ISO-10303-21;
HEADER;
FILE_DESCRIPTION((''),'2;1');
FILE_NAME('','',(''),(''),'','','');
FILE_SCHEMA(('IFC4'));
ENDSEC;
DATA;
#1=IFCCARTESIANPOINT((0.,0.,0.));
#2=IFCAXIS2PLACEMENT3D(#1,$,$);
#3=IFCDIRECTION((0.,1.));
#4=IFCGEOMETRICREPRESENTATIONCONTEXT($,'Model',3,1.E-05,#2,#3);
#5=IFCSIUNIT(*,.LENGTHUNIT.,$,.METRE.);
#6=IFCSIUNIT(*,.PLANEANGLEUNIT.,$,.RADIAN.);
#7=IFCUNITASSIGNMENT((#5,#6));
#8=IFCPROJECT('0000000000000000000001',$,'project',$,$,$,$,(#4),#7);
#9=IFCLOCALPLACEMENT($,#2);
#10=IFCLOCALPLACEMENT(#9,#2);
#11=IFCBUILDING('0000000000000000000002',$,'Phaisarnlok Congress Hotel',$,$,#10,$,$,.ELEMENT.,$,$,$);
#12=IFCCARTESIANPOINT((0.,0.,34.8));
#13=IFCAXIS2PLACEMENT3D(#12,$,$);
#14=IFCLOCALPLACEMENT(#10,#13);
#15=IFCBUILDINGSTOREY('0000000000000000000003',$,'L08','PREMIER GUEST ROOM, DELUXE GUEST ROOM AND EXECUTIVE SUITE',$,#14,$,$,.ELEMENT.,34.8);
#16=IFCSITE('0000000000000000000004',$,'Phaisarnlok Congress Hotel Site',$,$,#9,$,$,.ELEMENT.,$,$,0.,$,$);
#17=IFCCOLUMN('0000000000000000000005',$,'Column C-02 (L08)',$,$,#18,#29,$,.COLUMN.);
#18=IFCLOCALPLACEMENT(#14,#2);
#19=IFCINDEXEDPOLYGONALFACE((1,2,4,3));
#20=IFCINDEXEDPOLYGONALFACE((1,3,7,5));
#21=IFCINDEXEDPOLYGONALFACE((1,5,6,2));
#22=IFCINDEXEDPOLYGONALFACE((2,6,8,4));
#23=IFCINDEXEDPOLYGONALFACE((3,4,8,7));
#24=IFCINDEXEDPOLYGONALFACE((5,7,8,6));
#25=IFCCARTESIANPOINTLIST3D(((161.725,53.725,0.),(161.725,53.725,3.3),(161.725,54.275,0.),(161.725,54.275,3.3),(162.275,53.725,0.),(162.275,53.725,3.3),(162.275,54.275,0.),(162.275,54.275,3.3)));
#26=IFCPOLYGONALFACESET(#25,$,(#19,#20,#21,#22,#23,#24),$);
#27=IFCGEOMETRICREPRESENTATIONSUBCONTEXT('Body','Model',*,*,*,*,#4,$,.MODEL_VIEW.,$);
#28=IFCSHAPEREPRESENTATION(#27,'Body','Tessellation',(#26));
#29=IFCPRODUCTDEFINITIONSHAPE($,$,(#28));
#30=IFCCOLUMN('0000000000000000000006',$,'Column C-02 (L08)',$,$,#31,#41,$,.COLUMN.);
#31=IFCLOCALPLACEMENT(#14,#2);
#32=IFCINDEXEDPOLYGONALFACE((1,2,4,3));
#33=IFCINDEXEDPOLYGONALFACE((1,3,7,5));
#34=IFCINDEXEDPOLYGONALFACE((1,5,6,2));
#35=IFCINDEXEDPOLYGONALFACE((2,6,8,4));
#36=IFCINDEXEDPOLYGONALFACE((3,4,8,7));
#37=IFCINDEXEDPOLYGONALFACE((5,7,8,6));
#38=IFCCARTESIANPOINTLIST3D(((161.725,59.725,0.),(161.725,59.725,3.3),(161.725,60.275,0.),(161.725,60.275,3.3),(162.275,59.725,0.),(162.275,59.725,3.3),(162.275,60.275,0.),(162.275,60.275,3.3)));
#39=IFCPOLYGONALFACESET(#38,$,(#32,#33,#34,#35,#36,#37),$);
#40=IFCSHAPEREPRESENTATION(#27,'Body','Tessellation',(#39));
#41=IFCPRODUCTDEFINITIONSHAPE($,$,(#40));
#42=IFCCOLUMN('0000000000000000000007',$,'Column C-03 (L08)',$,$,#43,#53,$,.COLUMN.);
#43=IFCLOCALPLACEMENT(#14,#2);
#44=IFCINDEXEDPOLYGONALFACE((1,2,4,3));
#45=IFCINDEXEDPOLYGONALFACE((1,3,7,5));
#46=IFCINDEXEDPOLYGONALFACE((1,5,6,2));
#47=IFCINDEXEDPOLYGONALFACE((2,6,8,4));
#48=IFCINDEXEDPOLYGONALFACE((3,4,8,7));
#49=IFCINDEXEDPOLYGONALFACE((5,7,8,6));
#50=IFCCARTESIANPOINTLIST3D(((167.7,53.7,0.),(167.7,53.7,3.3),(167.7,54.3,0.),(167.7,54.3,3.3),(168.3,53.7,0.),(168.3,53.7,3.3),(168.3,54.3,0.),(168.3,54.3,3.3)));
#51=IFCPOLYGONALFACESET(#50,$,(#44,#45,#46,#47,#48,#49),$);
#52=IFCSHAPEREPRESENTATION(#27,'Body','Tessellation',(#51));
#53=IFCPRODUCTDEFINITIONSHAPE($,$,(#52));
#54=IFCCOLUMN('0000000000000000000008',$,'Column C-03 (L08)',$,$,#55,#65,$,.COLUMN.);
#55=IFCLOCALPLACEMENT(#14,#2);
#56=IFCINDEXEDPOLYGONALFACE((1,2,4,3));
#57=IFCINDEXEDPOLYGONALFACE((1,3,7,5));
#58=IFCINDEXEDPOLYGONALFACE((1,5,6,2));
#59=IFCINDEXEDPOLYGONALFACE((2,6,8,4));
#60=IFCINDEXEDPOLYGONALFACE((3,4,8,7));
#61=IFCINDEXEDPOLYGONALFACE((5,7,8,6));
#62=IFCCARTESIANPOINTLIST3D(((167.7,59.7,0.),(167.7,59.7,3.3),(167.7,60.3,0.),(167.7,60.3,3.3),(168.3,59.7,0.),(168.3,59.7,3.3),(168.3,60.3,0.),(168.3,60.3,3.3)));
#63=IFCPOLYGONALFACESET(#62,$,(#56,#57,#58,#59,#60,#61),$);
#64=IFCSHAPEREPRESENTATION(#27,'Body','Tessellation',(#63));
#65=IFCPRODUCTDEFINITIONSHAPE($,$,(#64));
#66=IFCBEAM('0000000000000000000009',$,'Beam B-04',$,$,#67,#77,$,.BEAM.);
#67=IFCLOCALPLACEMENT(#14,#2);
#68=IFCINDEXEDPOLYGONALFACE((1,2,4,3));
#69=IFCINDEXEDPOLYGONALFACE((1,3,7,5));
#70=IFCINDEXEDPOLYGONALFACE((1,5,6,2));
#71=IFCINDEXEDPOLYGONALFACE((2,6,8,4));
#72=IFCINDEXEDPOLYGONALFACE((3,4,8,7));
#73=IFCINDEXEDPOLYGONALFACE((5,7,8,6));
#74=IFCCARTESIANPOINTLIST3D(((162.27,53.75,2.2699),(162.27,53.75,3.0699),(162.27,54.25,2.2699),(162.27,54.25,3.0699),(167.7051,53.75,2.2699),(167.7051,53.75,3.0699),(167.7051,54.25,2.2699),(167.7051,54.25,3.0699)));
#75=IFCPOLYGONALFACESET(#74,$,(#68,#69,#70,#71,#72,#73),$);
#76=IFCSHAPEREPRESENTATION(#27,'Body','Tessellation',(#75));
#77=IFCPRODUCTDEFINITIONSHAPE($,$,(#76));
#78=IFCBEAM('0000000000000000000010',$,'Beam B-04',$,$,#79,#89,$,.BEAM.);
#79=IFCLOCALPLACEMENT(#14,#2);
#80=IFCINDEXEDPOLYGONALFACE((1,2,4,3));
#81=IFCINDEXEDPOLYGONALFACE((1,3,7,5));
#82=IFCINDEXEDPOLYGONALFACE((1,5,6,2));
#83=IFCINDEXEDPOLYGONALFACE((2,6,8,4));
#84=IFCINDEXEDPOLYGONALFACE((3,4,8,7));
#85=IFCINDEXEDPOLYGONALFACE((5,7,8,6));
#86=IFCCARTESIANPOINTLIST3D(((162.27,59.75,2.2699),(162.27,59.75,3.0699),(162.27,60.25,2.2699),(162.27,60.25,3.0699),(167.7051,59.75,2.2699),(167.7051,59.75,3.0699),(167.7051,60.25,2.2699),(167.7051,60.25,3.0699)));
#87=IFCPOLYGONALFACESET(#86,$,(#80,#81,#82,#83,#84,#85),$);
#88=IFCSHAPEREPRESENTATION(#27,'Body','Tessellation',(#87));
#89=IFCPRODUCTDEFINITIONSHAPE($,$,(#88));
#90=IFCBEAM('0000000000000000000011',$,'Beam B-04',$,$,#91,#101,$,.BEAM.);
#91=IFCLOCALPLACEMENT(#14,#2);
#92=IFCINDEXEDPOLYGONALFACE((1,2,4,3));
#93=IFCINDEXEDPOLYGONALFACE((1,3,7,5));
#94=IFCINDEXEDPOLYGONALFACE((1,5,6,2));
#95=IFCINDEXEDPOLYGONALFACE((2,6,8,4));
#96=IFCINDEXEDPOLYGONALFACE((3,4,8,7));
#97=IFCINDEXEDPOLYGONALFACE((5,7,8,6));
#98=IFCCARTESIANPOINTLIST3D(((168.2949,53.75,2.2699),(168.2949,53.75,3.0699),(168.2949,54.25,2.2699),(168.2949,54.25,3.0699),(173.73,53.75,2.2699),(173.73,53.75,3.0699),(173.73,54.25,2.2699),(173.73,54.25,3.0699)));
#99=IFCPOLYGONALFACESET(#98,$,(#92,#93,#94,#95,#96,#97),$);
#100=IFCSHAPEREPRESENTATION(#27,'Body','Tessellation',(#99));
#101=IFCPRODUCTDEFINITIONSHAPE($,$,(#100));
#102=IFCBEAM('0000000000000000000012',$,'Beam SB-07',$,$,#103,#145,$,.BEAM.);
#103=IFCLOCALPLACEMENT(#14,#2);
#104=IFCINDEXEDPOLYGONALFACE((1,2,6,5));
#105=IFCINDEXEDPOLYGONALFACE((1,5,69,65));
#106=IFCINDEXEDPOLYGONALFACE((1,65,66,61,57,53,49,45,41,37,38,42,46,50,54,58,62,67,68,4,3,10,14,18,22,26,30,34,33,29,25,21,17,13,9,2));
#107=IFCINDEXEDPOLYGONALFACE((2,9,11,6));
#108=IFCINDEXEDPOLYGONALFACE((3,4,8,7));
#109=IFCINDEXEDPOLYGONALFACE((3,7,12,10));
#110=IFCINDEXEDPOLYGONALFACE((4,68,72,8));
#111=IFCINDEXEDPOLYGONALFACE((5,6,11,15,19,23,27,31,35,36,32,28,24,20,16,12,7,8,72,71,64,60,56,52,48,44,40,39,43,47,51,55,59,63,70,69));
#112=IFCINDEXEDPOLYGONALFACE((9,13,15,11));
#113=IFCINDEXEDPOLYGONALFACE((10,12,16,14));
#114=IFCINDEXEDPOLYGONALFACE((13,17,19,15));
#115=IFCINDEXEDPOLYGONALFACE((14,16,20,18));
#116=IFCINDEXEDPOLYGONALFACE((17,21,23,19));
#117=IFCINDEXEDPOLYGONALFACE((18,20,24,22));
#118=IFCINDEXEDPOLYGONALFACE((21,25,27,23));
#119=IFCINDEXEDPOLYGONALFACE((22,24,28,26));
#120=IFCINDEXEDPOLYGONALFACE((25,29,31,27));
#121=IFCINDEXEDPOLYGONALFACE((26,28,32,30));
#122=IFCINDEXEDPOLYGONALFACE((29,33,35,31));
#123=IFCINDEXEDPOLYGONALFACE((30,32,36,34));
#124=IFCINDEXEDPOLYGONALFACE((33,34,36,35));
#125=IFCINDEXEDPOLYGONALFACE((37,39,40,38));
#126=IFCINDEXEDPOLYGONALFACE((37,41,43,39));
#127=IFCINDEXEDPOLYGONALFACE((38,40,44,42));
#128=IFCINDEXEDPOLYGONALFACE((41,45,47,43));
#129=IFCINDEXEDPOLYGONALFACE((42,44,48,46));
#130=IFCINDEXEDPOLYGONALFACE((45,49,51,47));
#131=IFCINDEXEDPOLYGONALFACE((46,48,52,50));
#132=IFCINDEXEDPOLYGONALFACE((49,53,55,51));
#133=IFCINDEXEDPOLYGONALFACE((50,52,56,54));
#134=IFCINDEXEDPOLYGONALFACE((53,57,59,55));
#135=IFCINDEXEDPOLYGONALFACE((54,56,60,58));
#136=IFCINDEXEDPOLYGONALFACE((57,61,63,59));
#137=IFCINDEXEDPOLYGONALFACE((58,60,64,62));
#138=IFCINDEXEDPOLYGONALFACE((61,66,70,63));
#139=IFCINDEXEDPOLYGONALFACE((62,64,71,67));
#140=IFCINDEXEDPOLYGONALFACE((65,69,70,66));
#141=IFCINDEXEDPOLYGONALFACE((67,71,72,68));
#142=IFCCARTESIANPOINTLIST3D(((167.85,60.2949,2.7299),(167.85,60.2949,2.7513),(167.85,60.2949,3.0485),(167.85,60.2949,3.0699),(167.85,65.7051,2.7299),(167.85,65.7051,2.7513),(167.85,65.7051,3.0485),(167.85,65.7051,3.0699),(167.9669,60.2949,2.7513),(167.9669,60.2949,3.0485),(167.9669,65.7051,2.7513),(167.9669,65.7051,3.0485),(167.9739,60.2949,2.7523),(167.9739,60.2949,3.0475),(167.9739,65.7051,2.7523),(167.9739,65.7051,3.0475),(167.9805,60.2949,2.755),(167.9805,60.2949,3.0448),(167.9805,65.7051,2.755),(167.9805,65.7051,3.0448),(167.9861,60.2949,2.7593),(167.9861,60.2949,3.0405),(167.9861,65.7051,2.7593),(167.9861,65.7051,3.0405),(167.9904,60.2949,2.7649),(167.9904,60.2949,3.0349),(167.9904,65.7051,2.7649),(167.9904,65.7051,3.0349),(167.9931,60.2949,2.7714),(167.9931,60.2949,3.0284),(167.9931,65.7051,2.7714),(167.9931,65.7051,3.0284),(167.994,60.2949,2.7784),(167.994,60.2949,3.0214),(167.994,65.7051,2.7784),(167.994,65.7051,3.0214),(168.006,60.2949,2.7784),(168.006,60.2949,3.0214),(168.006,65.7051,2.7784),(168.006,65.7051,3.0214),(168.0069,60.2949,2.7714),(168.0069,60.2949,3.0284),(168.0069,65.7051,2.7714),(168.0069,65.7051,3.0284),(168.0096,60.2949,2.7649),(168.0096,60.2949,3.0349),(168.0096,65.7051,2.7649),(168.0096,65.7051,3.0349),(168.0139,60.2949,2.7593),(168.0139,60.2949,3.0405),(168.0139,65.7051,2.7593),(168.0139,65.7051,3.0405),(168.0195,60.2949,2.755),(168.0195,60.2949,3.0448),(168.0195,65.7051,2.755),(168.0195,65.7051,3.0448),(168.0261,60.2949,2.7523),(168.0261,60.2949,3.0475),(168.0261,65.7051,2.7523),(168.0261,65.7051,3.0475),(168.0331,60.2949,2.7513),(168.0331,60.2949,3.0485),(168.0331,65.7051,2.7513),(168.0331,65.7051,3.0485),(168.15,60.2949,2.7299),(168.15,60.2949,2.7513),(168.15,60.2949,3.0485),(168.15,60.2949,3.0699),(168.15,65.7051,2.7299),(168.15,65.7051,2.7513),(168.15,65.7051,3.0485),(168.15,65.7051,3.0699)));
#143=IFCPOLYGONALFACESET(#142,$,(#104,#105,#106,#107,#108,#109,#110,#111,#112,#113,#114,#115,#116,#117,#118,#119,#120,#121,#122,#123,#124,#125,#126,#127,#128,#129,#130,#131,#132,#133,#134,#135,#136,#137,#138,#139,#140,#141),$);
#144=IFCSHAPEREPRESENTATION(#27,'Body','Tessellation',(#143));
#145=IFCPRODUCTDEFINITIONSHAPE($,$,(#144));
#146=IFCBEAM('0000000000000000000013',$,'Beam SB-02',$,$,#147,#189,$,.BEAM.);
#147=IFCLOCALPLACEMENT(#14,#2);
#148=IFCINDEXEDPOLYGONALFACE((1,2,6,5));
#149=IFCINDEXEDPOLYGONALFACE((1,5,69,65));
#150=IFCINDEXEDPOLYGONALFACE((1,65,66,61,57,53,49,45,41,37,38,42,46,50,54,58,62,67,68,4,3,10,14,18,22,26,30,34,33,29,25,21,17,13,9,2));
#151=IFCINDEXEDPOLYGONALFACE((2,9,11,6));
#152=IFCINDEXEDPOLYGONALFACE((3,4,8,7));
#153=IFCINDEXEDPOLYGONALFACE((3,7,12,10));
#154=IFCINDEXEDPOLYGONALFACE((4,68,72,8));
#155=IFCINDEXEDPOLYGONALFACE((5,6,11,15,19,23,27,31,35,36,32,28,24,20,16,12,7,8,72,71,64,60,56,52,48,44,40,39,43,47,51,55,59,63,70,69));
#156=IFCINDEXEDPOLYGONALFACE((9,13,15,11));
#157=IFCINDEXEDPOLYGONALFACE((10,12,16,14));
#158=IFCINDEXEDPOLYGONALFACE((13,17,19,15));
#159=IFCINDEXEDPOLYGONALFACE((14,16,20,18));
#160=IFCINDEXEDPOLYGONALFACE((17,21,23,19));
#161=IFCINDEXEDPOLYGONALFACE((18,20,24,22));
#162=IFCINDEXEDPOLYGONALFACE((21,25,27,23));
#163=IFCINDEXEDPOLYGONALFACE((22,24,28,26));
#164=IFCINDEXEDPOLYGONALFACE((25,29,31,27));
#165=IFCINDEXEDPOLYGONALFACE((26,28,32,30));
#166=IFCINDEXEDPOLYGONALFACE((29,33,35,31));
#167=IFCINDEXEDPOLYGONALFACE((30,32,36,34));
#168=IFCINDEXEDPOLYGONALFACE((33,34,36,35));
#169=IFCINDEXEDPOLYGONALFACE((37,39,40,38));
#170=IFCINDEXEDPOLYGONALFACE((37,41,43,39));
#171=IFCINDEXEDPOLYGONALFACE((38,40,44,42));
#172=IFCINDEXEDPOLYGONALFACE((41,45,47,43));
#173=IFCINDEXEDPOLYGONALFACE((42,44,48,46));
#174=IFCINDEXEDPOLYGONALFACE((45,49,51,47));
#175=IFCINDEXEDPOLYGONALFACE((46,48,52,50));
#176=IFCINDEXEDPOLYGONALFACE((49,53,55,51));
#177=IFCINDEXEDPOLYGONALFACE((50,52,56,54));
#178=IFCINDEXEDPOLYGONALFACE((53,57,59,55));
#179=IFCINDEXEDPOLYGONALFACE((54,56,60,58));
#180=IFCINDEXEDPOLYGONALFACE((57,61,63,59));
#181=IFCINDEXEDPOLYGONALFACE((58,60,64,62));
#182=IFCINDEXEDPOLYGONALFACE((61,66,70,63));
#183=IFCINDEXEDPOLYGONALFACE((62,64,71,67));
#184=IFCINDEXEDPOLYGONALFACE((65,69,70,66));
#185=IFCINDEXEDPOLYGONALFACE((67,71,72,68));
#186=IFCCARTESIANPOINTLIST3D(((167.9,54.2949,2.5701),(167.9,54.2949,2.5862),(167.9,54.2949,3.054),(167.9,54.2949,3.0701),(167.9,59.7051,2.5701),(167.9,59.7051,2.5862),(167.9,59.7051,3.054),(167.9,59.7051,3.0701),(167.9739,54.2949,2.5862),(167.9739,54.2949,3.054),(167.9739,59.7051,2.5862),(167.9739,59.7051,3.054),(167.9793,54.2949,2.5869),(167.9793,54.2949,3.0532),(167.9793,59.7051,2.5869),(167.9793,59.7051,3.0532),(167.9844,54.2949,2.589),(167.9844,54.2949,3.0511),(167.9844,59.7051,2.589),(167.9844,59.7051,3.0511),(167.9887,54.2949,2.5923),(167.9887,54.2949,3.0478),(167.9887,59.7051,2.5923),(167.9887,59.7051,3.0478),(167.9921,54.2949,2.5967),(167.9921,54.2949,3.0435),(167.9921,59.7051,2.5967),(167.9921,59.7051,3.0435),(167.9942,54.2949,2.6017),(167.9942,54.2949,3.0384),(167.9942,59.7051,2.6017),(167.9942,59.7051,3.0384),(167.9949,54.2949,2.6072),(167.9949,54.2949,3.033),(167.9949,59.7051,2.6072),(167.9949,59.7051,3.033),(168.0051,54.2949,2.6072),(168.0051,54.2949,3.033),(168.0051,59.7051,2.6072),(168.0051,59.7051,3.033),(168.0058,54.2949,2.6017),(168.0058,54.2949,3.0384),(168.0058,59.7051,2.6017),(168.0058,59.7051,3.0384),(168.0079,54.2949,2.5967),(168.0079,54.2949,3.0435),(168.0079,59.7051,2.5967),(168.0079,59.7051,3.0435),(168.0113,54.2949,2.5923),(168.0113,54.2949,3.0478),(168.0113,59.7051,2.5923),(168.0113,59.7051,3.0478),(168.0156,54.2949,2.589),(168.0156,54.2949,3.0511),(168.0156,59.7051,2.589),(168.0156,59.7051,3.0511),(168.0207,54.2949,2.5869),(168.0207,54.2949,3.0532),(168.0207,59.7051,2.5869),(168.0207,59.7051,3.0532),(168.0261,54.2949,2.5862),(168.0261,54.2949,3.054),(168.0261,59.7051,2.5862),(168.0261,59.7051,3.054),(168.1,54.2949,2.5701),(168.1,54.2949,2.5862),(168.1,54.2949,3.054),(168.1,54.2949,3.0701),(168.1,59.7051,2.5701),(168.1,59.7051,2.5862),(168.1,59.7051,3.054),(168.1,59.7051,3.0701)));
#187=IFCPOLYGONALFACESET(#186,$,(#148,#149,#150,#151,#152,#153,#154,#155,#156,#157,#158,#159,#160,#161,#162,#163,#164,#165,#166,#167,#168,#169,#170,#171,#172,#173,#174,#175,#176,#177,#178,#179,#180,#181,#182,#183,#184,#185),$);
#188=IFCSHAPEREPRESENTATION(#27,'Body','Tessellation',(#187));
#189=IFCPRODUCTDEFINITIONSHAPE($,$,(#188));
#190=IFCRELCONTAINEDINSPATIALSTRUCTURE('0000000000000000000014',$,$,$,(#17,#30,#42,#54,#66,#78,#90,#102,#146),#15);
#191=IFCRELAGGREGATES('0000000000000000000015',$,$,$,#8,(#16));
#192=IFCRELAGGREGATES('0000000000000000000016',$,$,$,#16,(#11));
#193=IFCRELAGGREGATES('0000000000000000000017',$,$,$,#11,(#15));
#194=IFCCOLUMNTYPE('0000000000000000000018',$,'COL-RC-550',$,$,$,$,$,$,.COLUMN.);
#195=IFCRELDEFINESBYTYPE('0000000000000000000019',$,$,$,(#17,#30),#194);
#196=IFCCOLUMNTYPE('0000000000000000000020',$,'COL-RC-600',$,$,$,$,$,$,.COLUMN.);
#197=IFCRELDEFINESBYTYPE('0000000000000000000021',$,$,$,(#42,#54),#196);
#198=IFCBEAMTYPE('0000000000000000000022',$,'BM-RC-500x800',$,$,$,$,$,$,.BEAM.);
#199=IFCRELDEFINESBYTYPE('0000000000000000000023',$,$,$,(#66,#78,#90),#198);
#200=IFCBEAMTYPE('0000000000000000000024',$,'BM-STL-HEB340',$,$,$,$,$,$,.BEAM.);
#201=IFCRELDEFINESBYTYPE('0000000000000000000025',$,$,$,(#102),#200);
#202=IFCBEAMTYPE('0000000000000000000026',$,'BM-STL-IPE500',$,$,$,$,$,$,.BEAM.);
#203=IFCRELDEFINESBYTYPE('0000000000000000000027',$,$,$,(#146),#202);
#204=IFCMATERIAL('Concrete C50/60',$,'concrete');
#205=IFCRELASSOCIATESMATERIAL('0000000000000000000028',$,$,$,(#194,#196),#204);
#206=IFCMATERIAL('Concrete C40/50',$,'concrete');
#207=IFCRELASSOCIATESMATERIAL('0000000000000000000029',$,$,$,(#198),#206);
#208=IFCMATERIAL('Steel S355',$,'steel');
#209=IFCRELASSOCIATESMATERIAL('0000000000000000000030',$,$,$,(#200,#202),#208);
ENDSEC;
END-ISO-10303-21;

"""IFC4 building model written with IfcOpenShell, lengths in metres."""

from ifc_helpers import new_model, si_unit, direction, frame, origin, origin_2d, place, context, subcontext, project, spatial, rectangle, i_section, extrude, material, material_profile, profile_set, type_object, element, save


model = new_model("IFC4")

# Units and contexts
model_context = context("Model", 3, precision=1e-05, world=origin(), true_north=direction((0.0, 1.0)))
body_context = subcontext(model_context, "Body", "Model", "MODEL_VIEW")
ifc_project = project(units=[si_unit("LENGTHUNIT", "METRE"), si_unit("PLANEANGLEUNIT", "RADIAN")], contexts=[model_context])

# Site, building, storey
site_placement = place(None, origin())
site = spatial("IfcSite", under=ifc_project, at=site_placement, Name="Phaisarnlok Congress Hotel Site", CompositionType="ELEMENT", RefElevation=0.0)
building_placement = place(site_placement, origin())
building = spatial("IfcBuilding", under=site, at=building_placement, Name="Phaisarnlok Congress Hotel", CompositionType="ELEMENT")
storey_placement = place(building_placement, frame((0.0, 0.0, 34.8)))
storey = spatial("IfcBuildingStorey", under=building, at=storey_placement, Name="L08", Description="PREMIER GUEST ROOM, DELUXE GUEST ROOM AND EXECUTIVE SUITE", CompositionType="ELEMENT", Elevation=34.8)

# Columns
ifc_material_1 = material(Name="Concrete C50/60", Category="concrete")
ifc_material_profile_1 = material_profile(ifc_material_1, rectangle(XDim=0.55, YDim=0.55, at=origin_2d()), Name="RC 550x550")
ifc_profile_set_1 = profile_set([ifc_material_profile_1], Name="Concrete C50/60")
column_type_1 = type_object("IfcColumnType", Name="COL-RC-550", PredefinedType="COLUMN", material=ifc_profile_set_1)
for number, where, z_axis, x_axis, name in (
    (1, (162.0, 54.0, 0.0), (0.0, 0.0, 1.0), (1.0, 0.0, 0.0), "Column C-02 (L08)"),
    (2, (162.0, 60.0, 0.0), (0.0, 0.0, 1.0), (1.0, 0.0, 0.0), "Column C-02 (L08)"),
):
    element("IfcColumn", number, at=place(storey_placement, frame(where, z_axis=z_axis, x_axis=x_axis)), inside=storey, type_object=column_type_1, Name=name, PredefinedType="COLUMN", context=body_context, shape_type="SweptSolid", body=[
        extrude(rectangle(XDim=0.55, YDim=0.55, at=origin_2d()), origin(), (0.0, 0.0, 1.0), 3.3),
    ])
ifc_material_profile_2 = material_profile(ifc_material_1, rectangle(XDim=0.6001, YDim=0.6001, at=origin_2d()), Name="RC 600x600")
ifc_profile_set_2 = profile_set([ifc_material_profile_2], Name="Concrete C50/60")
column_type_2 = type_object("IfcColumnType", Name="COL-RC-600", PredefinedType="COLUMN", material=ifc_profile_set_2)
for number, where, z_axis, x_axis, name in (
    (3, (168.0, 54.0, 0.0), (0.0, 0.0, 1.0), (1.0, 0.0, 0.0), "Column C-03 (L08)"),
    (4, (168.0, 60.0, 0.0), (0.0, 0.0, 1.0), (1.0, 0.0, 0.0), "Column C-03 (L08)"),
):
    element("IfcColumn", number, at=place(storey_placement, frame(where, z_axis=z_axis, x_axis=x_axis)), inside=storey, type_object=column_type_2, Name=name, PredefinedType="COLUMN", context=body_context, shape_type="SweptSolid", body=[
        extrude(rectangle(XDim=0.6001, YDim=0.6001, at=origin_2d()), origin(), (0.0, 0.0, 1.0), 3.3),
    ])

# Beams
ifc_material_2 = material(Name="Concrete C40/50", Category="concrete")
ifc_material_profile_3 = material_profile(ifc_material_2, rectangle(XDim=0.5, YDim=0.8, at=origin_2d()), Name="RC 500x800")
ifc_profile_set_3 = profile_set([ifc_material_profile_3], Name="Concrete C40/50")
beam_type_1 = type_object("IfcBeamType", Name="BM-RC-500x800", PredefinedType="BEAM", material=ifc_profile_set_3)
for number, where, z_axis, x_axis, name in (
    (5, (162.27, 54.0, 2.6699), (1.0, 0.0, 0.0), (0.0, 1.0, 0.0), "Beam B-04"),
    (6, (162.27, 60.0, 2.6699), (1.0, 0.0, 0.0), (0.0, 1.0, 0.0), "Beam B-04"),
    (7, (168.2949, 54.0, 2.6699), (1.0, 0.0, 0.0), (0.0, 1.0, 0.0), "Beam B-04"),
):
    element("IfcBeam", number, at=place(storey_placement, frame(where, z_axis=z_axis, x_axis=x_axis)), inside=storey, type_object=beam_type_1, Name=name, PredefinedType="BEAM", context=body_context, shape_type="SweptSolid", body=[
        extrude(rectangle(XDim=0.5, YDim=0.8, at=origin_2d()), origin(), (0.0, 0.0, 1.0), 5.4351),
    ])
ifc_material_3 = material(Name="Steel S355", Category="steel")
ifc_material_profile_4 = material_profile(ifc_material_3, i_section(OverallWidth=0.3, OverallDepth=0.3401, WebThickness=0.012, FlangeThickness=0.0215, FilletRadius=0.0271, at=origin_2d()), Name="HEB 340")
ifc_profile_set_4 = profile_set([ifc_material_profile_4], Name="Steel S355")
beam_type_2 = type_object("IfcBeamType", Name="BM-STL-HEB340", PredefinedType="BEAM", material=ifc_profile_set_4)
beam_1_placement = place(storey_placement, frame((168.0, 60.2949, 2.8999), z_axis=(0.0, 1.0, 0.0), x_axis=(-1.0, 0.0, 0.0)))
element("IfcBeam", 8, at=beam_1_placement, inside=storey, type_object=beam_type_2, Name="Beam SB-07", PredefinedType="BEAM", context=body_context, shape_type="SweptSolid", body=[
    extrude(i_section(OverallWidth=0.3, OverallDepth=0.3401, WebThickness=0.012, FlangeThickness=0.0215, FilletRadius=0.0271, at=origin_2d()), origin(), (0.0, 0.0, 1.0), 5.4102),
])
ifc_material_profile_5 = material_profile(ifc_material_3, i_section(OverallWidth=0.2, OverallDepth=0.5, WebThickness=0.0103, FlangeThickness=0.0161, FilletRadius=0.021, at=origin_2d()), Name="IPE 500")
ifc_profile_set_5 = profile_set([ifc_material_profile_5], Name="Steel S355")
beam_type_3 = type_object("IfcBeamType", Name="BM-STL-IPE500", PredefinedType="BEAM", material=ifc_profile_set_5)
beam_2_placement = place(storey_placement, frame((168.0, 54.2949, 2.8201), z_axis=(0.0, 1.0, 0.0), x_axis=(-1.0, 0.0, 0.0)))
element("IfcBeam", 9, at=beam_2_placement, inside=storey, type_object=beam_type_3, Name="Beam SB-02", PredefinedType="BEAM", context=body_context, shape_type="SweptSolid", body=[
    extrude(i_section(OverallWidth=0.2, OverallDepth=0.5, WebThickness=0.0103, FlangeThickness=0.0161, FilletRadius=0.021, at=origin_2d()), origin(), (0.0, 0.0, 1.0), 5.4102),
])

save(model, "model.ifc")
